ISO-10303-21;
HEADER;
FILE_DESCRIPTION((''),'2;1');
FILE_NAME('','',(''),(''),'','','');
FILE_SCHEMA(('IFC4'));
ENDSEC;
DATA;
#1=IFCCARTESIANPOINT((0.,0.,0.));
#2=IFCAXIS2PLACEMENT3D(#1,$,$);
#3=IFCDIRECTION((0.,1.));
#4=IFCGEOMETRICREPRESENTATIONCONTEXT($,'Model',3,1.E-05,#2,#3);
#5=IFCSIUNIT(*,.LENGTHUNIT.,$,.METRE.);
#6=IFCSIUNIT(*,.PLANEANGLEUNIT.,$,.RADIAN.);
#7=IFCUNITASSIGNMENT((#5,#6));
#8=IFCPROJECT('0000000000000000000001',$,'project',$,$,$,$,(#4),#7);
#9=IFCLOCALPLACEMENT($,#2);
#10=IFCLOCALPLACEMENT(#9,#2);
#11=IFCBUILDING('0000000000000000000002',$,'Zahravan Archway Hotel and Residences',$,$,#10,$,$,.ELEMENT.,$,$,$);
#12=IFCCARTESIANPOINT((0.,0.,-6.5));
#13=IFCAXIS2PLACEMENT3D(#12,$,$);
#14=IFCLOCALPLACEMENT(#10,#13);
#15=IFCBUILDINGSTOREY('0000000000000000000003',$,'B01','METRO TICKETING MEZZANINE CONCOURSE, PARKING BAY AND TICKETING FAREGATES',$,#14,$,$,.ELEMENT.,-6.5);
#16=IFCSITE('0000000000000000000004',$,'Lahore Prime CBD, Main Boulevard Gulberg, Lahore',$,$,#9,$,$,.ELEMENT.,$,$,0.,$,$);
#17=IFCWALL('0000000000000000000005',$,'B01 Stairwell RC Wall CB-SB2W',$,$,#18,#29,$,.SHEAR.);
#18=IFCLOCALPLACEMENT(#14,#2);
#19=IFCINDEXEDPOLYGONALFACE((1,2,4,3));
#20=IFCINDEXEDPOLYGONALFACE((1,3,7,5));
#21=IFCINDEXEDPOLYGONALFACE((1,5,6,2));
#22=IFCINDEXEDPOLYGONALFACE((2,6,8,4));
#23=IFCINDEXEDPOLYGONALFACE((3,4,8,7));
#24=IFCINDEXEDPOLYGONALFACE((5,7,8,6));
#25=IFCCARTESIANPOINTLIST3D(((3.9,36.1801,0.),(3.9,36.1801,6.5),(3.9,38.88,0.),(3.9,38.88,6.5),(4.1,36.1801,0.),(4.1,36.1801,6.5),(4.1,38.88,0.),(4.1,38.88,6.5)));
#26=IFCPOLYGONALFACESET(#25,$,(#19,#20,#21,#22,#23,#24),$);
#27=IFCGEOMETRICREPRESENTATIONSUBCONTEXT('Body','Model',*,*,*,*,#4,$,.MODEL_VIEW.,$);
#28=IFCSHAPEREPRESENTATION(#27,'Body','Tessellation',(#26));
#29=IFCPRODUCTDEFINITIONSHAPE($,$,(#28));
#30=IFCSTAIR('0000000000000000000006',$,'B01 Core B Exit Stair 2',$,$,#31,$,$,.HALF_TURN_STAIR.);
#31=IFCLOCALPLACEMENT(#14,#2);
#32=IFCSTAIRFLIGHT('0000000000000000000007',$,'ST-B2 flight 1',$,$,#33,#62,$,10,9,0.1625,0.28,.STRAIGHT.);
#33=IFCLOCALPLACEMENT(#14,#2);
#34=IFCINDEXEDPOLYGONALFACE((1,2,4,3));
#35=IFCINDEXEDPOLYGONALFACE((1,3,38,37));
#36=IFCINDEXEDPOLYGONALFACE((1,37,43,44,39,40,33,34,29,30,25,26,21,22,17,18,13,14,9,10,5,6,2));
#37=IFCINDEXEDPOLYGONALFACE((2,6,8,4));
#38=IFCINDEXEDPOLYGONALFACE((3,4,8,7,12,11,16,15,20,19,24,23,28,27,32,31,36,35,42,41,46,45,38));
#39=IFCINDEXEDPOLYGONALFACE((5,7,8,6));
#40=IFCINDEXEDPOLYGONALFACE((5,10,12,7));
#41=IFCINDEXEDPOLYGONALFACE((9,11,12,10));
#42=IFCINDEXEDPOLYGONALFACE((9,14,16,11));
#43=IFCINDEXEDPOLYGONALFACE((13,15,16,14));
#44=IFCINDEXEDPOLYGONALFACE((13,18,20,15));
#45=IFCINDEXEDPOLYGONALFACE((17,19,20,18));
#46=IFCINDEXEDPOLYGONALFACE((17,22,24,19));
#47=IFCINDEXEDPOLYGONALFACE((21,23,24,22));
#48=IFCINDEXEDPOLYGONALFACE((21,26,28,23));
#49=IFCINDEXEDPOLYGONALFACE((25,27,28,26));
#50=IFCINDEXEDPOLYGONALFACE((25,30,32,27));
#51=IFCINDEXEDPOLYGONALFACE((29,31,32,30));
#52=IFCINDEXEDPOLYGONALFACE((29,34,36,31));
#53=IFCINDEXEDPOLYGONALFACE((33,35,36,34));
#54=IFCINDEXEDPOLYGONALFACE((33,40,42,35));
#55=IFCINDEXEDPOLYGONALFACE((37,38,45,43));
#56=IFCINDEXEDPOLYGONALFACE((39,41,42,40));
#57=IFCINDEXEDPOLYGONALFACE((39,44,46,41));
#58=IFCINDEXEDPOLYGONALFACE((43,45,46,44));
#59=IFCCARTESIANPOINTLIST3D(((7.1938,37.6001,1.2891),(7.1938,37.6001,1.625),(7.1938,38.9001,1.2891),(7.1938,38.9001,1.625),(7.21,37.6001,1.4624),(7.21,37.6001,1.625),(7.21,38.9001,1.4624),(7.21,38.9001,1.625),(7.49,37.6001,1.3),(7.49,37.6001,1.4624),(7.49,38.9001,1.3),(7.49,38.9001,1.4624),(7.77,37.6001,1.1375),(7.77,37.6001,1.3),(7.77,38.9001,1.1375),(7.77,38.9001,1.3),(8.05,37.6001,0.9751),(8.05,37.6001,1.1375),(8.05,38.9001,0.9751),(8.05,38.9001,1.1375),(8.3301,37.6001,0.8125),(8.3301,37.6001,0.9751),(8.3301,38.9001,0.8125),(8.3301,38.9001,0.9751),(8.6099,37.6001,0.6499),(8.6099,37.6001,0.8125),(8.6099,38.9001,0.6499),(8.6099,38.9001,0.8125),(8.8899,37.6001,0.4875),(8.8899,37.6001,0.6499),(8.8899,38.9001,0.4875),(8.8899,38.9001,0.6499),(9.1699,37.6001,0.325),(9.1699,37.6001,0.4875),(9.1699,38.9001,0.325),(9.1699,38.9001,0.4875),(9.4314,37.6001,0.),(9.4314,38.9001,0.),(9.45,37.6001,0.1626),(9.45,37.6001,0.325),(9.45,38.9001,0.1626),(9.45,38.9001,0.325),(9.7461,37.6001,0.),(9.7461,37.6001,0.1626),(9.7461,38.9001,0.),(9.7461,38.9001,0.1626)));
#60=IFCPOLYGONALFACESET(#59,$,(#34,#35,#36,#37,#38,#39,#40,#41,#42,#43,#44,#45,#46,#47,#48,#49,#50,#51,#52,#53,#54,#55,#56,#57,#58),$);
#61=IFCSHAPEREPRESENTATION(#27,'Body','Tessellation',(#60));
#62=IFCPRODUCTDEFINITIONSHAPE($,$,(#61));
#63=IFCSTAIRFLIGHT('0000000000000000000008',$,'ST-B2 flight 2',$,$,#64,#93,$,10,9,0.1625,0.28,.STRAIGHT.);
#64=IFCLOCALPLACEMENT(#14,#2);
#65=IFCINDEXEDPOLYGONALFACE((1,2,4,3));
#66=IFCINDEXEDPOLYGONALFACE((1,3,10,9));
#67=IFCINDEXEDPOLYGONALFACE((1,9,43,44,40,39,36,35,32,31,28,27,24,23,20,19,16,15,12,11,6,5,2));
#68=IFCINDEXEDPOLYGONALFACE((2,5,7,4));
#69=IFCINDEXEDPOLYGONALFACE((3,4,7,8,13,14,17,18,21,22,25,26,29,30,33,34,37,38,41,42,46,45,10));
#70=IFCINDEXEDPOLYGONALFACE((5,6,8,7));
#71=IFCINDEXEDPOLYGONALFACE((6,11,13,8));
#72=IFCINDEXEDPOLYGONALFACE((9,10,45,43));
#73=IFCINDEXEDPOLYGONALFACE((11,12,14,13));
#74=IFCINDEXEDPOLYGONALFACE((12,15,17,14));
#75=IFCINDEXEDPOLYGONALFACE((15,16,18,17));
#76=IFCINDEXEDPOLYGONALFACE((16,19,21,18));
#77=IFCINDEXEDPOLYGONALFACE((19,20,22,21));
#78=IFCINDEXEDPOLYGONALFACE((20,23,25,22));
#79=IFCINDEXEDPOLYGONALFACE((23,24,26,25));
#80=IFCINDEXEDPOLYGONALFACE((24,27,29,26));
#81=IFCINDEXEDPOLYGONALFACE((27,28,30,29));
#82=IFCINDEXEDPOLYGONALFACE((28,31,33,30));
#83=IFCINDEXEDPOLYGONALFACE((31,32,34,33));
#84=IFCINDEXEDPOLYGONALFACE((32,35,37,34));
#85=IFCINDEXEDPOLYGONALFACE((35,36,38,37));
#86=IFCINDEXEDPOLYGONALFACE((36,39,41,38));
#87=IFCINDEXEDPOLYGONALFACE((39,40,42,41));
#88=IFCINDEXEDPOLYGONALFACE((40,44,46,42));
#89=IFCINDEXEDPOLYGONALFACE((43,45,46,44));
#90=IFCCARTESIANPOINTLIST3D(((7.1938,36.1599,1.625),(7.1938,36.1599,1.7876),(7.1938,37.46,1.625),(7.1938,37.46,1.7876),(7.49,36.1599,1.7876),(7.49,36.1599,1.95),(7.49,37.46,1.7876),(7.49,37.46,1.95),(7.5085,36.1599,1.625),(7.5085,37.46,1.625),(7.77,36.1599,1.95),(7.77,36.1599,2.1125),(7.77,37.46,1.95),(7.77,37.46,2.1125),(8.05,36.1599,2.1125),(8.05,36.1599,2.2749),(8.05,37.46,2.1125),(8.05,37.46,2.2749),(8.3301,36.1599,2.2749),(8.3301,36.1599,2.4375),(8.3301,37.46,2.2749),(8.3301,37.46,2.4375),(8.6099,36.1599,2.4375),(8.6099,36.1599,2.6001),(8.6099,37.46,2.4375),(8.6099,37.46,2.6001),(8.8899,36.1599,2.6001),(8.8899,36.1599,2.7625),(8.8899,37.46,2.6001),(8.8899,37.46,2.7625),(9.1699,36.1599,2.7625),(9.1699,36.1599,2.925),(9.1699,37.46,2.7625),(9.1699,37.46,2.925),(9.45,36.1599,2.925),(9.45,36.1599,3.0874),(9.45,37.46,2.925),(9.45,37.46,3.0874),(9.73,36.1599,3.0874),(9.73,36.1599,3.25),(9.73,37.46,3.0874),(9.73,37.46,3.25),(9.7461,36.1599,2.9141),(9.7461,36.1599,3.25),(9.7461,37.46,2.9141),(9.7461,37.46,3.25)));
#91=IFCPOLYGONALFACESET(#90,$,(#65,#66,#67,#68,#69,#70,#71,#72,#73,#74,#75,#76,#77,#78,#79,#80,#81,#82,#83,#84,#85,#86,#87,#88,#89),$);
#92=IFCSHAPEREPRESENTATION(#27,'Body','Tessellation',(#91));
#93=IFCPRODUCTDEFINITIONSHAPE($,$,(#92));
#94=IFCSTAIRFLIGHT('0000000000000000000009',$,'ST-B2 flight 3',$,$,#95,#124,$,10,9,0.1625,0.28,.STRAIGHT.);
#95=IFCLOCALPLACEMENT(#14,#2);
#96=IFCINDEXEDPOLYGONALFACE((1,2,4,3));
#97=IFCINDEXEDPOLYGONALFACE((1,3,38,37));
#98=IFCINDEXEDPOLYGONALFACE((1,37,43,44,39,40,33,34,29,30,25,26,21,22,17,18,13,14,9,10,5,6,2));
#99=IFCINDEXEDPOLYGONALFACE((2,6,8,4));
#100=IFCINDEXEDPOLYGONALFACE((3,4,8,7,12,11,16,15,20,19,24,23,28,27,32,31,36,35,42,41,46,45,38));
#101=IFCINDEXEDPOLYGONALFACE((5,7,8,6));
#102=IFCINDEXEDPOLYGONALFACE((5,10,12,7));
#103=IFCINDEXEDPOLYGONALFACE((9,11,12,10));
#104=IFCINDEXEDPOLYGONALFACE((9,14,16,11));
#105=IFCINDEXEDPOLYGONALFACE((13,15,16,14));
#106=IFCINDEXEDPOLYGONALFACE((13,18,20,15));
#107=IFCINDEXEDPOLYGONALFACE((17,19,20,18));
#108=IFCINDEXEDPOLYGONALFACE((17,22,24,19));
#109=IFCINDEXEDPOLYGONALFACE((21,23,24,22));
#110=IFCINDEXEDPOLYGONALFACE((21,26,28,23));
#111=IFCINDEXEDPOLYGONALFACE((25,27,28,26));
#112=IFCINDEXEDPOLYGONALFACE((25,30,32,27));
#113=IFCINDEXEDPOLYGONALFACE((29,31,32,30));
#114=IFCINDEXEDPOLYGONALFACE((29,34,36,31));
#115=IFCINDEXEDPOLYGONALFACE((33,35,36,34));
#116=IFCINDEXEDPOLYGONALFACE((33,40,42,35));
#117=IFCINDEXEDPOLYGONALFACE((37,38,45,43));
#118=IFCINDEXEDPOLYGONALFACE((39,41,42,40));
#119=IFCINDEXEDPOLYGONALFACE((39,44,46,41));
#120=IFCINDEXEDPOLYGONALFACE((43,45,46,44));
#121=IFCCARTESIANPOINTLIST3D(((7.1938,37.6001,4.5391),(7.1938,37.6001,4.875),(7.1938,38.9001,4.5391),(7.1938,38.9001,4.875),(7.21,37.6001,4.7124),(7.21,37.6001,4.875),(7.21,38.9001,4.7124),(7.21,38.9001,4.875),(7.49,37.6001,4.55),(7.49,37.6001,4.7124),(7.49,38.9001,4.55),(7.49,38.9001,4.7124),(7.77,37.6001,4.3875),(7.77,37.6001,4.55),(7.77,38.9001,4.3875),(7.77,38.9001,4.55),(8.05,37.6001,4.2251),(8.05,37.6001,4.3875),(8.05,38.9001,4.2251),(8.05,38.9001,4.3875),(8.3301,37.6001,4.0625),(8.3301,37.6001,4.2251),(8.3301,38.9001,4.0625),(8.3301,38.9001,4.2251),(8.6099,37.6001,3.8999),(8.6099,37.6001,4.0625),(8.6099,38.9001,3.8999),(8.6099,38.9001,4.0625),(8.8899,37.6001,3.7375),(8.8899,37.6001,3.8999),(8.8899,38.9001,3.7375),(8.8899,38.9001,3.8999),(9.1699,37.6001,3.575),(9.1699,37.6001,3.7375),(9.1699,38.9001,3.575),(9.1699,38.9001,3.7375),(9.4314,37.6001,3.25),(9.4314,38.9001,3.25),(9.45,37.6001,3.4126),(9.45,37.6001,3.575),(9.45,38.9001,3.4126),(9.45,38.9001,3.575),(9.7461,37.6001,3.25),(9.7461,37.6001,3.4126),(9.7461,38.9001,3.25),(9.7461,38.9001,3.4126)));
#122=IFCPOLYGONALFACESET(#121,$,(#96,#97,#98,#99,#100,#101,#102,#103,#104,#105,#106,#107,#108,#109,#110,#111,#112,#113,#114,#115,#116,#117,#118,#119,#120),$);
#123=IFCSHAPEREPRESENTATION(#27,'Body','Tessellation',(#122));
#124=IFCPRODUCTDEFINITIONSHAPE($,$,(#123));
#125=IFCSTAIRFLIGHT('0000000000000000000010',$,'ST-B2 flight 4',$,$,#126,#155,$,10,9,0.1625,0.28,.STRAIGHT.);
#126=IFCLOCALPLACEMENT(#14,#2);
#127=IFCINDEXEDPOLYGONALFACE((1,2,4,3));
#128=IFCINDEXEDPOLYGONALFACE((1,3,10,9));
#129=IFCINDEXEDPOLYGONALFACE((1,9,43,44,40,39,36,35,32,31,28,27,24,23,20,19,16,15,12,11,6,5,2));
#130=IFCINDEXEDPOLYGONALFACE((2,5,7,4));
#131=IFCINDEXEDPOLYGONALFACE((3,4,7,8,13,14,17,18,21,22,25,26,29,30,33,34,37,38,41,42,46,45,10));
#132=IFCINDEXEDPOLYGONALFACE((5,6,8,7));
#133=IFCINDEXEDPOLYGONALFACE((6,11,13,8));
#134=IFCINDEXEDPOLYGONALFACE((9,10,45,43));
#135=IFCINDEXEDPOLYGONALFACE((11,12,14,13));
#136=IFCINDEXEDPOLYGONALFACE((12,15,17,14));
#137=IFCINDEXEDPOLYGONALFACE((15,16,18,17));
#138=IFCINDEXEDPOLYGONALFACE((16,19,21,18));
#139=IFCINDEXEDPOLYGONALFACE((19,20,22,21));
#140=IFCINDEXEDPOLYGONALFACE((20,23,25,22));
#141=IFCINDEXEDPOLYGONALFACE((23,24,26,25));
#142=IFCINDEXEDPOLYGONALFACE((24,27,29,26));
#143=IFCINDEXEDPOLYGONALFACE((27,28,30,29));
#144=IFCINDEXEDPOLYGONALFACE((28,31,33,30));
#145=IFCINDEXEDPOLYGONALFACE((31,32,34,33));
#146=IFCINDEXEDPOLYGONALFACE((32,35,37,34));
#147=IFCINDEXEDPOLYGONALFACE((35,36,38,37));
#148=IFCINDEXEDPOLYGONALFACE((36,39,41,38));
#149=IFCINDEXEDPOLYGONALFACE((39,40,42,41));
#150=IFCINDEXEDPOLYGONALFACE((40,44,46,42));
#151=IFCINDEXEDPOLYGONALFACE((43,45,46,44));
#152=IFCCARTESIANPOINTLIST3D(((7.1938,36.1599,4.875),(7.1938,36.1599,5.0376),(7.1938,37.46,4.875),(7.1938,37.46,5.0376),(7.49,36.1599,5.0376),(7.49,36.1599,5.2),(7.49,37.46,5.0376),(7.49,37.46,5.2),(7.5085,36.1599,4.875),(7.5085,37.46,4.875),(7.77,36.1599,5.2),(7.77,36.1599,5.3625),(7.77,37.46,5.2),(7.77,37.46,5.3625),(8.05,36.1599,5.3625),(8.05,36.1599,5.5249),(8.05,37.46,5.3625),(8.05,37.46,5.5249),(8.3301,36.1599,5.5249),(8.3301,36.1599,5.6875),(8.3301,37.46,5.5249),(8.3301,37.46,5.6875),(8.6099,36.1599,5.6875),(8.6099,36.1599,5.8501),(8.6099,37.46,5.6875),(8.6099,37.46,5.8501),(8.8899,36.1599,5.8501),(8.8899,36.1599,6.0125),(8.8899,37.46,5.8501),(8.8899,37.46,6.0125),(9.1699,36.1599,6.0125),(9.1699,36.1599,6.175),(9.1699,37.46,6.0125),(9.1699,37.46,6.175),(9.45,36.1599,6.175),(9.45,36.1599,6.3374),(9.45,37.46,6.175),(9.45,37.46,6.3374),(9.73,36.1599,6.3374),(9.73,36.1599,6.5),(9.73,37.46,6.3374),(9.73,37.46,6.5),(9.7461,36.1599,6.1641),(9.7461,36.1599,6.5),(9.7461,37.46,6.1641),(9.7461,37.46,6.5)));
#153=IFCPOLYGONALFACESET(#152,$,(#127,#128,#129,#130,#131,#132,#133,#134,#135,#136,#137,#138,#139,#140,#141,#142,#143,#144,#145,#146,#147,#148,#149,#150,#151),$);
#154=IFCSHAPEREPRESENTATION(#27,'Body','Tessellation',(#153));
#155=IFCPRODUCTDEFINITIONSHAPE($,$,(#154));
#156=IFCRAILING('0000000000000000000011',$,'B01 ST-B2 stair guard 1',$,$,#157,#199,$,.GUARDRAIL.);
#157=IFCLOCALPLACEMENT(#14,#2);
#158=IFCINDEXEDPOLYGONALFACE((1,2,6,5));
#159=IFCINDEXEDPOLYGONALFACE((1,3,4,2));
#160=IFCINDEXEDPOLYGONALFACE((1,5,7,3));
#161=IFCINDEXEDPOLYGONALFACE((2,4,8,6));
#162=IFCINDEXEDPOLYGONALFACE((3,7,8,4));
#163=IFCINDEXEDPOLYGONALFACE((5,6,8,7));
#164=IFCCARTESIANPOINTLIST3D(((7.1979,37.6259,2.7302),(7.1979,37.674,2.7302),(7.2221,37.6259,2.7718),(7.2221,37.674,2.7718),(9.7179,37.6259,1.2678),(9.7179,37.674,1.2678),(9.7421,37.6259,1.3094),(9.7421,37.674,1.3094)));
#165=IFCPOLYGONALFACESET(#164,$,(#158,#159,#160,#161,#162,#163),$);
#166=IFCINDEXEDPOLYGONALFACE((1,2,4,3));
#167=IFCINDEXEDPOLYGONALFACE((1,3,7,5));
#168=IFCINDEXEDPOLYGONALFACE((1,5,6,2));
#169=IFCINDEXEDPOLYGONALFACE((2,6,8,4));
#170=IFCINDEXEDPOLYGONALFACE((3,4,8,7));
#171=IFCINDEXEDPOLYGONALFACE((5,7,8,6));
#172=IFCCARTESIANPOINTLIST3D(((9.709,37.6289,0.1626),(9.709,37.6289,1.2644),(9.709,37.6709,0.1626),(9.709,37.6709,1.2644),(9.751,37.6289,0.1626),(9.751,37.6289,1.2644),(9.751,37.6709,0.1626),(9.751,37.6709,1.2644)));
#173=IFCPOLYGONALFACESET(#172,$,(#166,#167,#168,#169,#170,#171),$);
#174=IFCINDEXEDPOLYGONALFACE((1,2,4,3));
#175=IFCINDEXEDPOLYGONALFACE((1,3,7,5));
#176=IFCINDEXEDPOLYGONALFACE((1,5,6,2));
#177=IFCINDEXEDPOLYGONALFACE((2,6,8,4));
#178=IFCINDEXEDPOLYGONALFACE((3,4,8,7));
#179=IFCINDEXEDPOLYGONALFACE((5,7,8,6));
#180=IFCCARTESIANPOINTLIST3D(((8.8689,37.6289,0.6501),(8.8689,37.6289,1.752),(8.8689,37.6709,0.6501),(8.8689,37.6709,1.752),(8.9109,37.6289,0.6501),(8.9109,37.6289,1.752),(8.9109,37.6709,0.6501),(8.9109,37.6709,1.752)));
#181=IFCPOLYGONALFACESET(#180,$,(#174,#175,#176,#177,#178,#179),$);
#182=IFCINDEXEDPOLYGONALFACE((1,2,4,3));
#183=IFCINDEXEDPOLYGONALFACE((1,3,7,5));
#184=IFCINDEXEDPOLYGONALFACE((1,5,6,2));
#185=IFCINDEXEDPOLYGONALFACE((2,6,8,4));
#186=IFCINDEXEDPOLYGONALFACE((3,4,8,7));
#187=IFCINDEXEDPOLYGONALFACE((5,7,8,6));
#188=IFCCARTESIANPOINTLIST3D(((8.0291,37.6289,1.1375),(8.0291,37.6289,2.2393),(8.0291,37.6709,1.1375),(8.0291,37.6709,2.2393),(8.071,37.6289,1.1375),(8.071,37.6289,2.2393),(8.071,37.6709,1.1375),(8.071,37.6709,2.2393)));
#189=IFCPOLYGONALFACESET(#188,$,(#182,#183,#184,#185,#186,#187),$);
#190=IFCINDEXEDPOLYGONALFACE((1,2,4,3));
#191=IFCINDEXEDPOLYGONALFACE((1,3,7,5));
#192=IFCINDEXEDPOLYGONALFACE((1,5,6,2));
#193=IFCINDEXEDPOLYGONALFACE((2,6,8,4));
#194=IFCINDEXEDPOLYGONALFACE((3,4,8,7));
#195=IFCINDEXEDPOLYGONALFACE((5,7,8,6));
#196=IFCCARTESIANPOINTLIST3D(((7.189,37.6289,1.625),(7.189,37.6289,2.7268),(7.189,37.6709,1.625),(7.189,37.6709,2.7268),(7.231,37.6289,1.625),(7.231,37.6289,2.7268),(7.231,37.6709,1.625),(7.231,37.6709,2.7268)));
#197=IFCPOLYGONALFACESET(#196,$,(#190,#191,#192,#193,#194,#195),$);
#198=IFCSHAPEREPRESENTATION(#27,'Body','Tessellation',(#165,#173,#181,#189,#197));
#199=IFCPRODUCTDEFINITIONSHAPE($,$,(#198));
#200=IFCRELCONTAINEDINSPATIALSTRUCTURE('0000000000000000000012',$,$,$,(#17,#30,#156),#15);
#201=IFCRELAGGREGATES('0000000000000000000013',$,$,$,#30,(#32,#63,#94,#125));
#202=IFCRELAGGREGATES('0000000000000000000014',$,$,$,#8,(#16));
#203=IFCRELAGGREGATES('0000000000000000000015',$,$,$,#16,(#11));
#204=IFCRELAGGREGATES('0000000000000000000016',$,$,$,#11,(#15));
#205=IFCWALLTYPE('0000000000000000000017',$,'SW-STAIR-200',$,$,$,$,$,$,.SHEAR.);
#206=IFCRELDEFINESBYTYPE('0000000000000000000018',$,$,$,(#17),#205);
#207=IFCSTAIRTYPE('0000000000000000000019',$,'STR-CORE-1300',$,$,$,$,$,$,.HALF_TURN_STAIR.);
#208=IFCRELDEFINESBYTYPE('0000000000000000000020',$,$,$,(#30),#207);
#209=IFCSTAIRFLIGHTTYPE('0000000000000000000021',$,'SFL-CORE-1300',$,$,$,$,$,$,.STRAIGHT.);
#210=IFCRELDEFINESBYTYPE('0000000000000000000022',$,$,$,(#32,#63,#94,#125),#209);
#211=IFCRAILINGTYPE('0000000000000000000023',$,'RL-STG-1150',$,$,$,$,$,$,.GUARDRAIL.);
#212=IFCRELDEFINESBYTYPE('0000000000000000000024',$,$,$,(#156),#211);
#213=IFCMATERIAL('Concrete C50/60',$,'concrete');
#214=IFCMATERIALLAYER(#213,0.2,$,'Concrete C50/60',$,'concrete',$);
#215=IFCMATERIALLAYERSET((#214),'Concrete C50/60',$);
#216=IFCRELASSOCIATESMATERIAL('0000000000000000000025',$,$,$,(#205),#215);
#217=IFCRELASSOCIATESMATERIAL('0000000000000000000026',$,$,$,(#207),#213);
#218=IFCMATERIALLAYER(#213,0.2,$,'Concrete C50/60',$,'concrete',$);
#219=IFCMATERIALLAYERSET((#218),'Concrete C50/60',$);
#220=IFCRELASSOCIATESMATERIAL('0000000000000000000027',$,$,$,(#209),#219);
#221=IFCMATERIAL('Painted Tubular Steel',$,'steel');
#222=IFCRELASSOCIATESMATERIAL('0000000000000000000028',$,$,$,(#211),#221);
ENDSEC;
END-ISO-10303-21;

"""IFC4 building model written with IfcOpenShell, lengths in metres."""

from ifc_helpers import new_model, si_unit, direction, frame, frame_2d, origin, origin_2d, place, context, subcontext, project, spatial, polyline, rectangle, outline, extrude, source, transform, mapped, material, layer, layer_set, type_object, type_shapes, element, aggregate, save


model = new_model("IFC4")

# Units and contexts
model_context = context("Model", 3, precision=1e-05, world=origin(), true_north=direction((0.0, 1.0)))
body_context = subcontext(model_context, "Body", "Model", "MODEL_VIEW")
ifc_project = project(units=[si_unit("LENGTHUNIT", "METRE"), si_unit("PLANEANGLEUNIT", "RADIAN")], contexts=[model_context])

# Site, building, storey
site_placement = place(None, origin())
site = spatial("IfcSite", under=ifc_project, at=site_placement, Name="Lahore Prime CBD, Main Boulevard Gulberg, Lahore", CompositionType="ELEMENT", RefElevation=0.0)
building_placement = place(site_placement, origin())
building = spatial("IfcBuilding", under=site, at=building_placement, Name="Zahravan Archway Hotel and Residences", CompositionType="ELEMENT")
storey_placement = place(building_placement, frame((0.0, 0.0, -6.5)))
storey = spatial("IfcBuildingStorey", under=building, at=storey_placement, Name="B01", Description="METRO TICKETING MEZZANINE CONCOURSE, PARKING BAY AND TICKETING FAREGATES", CompositionType="ELEMENT", Elevation=-6.5)

# Shared definitions
ifc_material_1 = material(Name="Concrete C50/60", Category="concrete")

# Wall
ifc_layer_1 = layer(ifc_material_1, 0.2, Name="Concrete C50/60", Category="concrete")
ifc_layer_set_1 = layer_set([ifc_layer_1], Name="Concrete C50/60")
wall_type_1 = type_object("IfcWallType", Name="SW-STAIR-200", PredefinedType="SHEAR", material=ifc_layer_set_1)
wall_1_placement = place(storey_placement, frame((4.0, 36.1799, 0.0), z_axis=(0.0, 0.0, 1.0), x_axis=(0.0, 1.0, 0.0)))
element("IfcWall", 1, at=wall_1_placement, inside=storey, type_object=wall_type_1, Name="B01 Stairwell RC Wall CB-SB2W", PredefinedType="SHEAR", context=body_context, shape_type="SweptSolid", body=[
    extrude(rectangle(XDim=2.7, YDim=0.2, at=frame_2d((1.3501, 0.0))), origin(), (0.0, 0.0, 1.0), 6.5),
])

# Stair, stair flights
stair_type = type_object("IfcStairType", Name="STR-CORE-1300", PredefinedType="HALF_TURN_STAIR", material=ifc_material_1)
stair_placement = place(storey_placement, origin())
stair = element("IfcStair", 2, at=stair_placement, inside=storey, type_object=stair_type, Name="B01 Core B Exit Stair 2", PredefinedType="HALF_TURN_STAIR")
ifc_layer_2 = layer(ifc_material_1, 0.2, Name="Concrete C50/60", Category="concrete")
ifc_layer_set_2 = layer_set([ifc_layer_2], Name="Concrete C50/60")
stair_flight_type = type_object("IfcStairFlightType", Name="SFL-CORE-1300", PredefinedType="STRAIGHT", material=ifc_layer_set_2)
shared_shape_1 = source(origin(), body_context, "Body", "SweptSolid", [
    extrude(outline(polyline([(-0.0161, 0.0), (-0.0161, 0.1626), (0.28, 0.1626), (0.28, 0.325), (0.5601, 0.325), (0.5601, 0.4875), (0.8401, 0.4875), (0.8401, 0.6499), (1.1201, 0.6499), (1.1201, 0.8125), (1.3999, 0.8125), (1.3999, 0.9751), (1.6799, 0.9751), (1.6799, 1.1375), (1.96, 1.1375), (1.96, 1.3), (2.24, 1.3), (2.24, 1.4624), (2.52, 1.4624), (2.52, 1.625), (2.5361, 1.625), (2.5361, 1.2891), (0.2986, 0.0), (-0.0161, 0.0)])), frame((0.0, 0.6499, 0.0), z_axis=(0.0, -1.0, 0.0), x_axis=(1.0, 0.0, 0.0)), (0.0, 0.0, 1.0), 1.3),
])
type_shapes(stair_flight_type, [shared_shape_1])
stair_flight_1_placement = place(storey_placement, frame((9.73, 38.25, 0.0), z_axis=(0.0, 0.0, 1.0), x_axis=(-1.0, 0.0, 0.0)))
stair_flight_1 = element("IfcStairFlight", 3, at=stair_flight_1_placement, type_object=stair_flight_type, Name="ST-B2 flight 1", NumberOfRisers=10, NumberOfTreads=9, PredefinedType="STRAIGHT", RiserHeight=0.1625, TreadLength=0.28, context=body_context, shape_type="MappedRepresentation", body=[
    mapped(shared_shape_1, transform((0.0, 0.0, 0.0), scale=1.0)),
])
stair_flight_2_placement = place(storey_placement, frame((7.21, 36.8101, 1.625), z_axis=(0.0, 0.0, 1.0), x_axis=(1.0, 0.0, 0.0)))
stair_flight_2 = element("IfcStairFlight", 4, at=stair_flight_2_placement, type_object=stair_flight_type, Name="ST-B2 flight 2", NumberOfRisers=10, NumberOfTreads=9, PredefinedType="STRAIGHT", RiserHeight=0.1625, TreadLength=0.28, context=body_context, shape_type="MappedRepresentation", body=[
    mapped(shared_shape_1, transform((0.0, 0.0, 0.0), scale=1.0)),
])
stair_flight_3_placement = place(storey_placement, frame((9.73, 38.25, 3.25), z_axis=(0.0, 0.0, 1.0), x_axis=(-1.0, 0.0, 0.0)))
stair_flight_3 = element("IfcStairFlight", 5, at=stair_flight_3_placement, type_object=stair_flight_type, Name="ST-B2 flight 3", NumberOfRisers=10, NumberOfTreads=9, PredefinedType="STRAIGHT", RiserHeight=0.1625, TreadLength=0.28, context=body_context, shape_type="MappedRepresentation", body=[
    mapped(shared_shape_1, transform((0.0, 0.0, 0.0), scale=1.0)),
])
stair_flight_4_placement = place(storey_placement, frame((7.21, 36.8101, 4.875), z_axis=(0.0, 0.0, 1.0), x_axis=(1.0, 0.0, 0.0)))
stair_flight_4 = element("IfcStairFlight", 6, at=stair_flight_4_placement, type_object=stair_flight_type, Name="ST-B2 flight 4", NumberOfRisers=10, NumberOfTreads=9, PredefinedType="STRAIGHT", RiserHeight=0.1625, TreadLength=0.28, context=body_context, shape_type="MappedRepresentation", body=[
    mapped(shared_shape_1, transform((0.0, 0.0, 0.0), scale=1.0)),
])
aggregate(stair, [stair_flight_1, stair_flight_2, stair_flight_3, stair_flight_4])

# Railing
ifc_material_2 = material(Name="Painted Tubular Steel", Category="steel")
railing_type_1 = type_object("IfcRailingType", Name="RL-STG-1150", PredefinedType="GUARDRAIL", material=ifc_material_2)
railing_1_placement = place(storey_placement, frame((9.73, 37.6499, 0.1626)))
element("IfcRailing", 7, at=railing_1_placement, inside=storey, type_object=railing_type_1, Name="B01 ST-B2 stair guard 1", PredefinedType="GUARDRAIL", context=body_context, shape_type="SweptSolid", body=[
    extrude(rectangle(XDim=0.0481, YDim=0.0481, at=origin_2d()), frame((0.0, 0.0, 1.126), z_axis=(-0.864913, 0.0, 0.501921), x_axis=(0.0, -1.0, 0.0)), (0.0, 0.0, 1.0), 2.9136),
    extrude(rectangle(XDim=0.042, YDim=0.042, at=origin_2d()), origin(), (0.0, 0.0, 1.0), 1.1018),
    extrude(rectangle(XDim=0.042, YDim=0.042, at=origin_2d()), frame((-0.8401, 0.0, 0.4875)), (0.0, 0.0, 1.0), 1.1018),
    extrude(rectangle(XDim=0.042, YDim=0.042, at=origin_2d()), frame((-1.6799, 0.0, 0.9749)), (0.0, 0.0, 1.0), 1.1018),
    extrude(rectangle(XDim=0.042, YDim=0.042, at=origin_2d()), frame((-2.52, 0.0, 1.4624)), (0.0, 0.0, 1.0), 1.1018),
])

save(model, "model.ifc")
